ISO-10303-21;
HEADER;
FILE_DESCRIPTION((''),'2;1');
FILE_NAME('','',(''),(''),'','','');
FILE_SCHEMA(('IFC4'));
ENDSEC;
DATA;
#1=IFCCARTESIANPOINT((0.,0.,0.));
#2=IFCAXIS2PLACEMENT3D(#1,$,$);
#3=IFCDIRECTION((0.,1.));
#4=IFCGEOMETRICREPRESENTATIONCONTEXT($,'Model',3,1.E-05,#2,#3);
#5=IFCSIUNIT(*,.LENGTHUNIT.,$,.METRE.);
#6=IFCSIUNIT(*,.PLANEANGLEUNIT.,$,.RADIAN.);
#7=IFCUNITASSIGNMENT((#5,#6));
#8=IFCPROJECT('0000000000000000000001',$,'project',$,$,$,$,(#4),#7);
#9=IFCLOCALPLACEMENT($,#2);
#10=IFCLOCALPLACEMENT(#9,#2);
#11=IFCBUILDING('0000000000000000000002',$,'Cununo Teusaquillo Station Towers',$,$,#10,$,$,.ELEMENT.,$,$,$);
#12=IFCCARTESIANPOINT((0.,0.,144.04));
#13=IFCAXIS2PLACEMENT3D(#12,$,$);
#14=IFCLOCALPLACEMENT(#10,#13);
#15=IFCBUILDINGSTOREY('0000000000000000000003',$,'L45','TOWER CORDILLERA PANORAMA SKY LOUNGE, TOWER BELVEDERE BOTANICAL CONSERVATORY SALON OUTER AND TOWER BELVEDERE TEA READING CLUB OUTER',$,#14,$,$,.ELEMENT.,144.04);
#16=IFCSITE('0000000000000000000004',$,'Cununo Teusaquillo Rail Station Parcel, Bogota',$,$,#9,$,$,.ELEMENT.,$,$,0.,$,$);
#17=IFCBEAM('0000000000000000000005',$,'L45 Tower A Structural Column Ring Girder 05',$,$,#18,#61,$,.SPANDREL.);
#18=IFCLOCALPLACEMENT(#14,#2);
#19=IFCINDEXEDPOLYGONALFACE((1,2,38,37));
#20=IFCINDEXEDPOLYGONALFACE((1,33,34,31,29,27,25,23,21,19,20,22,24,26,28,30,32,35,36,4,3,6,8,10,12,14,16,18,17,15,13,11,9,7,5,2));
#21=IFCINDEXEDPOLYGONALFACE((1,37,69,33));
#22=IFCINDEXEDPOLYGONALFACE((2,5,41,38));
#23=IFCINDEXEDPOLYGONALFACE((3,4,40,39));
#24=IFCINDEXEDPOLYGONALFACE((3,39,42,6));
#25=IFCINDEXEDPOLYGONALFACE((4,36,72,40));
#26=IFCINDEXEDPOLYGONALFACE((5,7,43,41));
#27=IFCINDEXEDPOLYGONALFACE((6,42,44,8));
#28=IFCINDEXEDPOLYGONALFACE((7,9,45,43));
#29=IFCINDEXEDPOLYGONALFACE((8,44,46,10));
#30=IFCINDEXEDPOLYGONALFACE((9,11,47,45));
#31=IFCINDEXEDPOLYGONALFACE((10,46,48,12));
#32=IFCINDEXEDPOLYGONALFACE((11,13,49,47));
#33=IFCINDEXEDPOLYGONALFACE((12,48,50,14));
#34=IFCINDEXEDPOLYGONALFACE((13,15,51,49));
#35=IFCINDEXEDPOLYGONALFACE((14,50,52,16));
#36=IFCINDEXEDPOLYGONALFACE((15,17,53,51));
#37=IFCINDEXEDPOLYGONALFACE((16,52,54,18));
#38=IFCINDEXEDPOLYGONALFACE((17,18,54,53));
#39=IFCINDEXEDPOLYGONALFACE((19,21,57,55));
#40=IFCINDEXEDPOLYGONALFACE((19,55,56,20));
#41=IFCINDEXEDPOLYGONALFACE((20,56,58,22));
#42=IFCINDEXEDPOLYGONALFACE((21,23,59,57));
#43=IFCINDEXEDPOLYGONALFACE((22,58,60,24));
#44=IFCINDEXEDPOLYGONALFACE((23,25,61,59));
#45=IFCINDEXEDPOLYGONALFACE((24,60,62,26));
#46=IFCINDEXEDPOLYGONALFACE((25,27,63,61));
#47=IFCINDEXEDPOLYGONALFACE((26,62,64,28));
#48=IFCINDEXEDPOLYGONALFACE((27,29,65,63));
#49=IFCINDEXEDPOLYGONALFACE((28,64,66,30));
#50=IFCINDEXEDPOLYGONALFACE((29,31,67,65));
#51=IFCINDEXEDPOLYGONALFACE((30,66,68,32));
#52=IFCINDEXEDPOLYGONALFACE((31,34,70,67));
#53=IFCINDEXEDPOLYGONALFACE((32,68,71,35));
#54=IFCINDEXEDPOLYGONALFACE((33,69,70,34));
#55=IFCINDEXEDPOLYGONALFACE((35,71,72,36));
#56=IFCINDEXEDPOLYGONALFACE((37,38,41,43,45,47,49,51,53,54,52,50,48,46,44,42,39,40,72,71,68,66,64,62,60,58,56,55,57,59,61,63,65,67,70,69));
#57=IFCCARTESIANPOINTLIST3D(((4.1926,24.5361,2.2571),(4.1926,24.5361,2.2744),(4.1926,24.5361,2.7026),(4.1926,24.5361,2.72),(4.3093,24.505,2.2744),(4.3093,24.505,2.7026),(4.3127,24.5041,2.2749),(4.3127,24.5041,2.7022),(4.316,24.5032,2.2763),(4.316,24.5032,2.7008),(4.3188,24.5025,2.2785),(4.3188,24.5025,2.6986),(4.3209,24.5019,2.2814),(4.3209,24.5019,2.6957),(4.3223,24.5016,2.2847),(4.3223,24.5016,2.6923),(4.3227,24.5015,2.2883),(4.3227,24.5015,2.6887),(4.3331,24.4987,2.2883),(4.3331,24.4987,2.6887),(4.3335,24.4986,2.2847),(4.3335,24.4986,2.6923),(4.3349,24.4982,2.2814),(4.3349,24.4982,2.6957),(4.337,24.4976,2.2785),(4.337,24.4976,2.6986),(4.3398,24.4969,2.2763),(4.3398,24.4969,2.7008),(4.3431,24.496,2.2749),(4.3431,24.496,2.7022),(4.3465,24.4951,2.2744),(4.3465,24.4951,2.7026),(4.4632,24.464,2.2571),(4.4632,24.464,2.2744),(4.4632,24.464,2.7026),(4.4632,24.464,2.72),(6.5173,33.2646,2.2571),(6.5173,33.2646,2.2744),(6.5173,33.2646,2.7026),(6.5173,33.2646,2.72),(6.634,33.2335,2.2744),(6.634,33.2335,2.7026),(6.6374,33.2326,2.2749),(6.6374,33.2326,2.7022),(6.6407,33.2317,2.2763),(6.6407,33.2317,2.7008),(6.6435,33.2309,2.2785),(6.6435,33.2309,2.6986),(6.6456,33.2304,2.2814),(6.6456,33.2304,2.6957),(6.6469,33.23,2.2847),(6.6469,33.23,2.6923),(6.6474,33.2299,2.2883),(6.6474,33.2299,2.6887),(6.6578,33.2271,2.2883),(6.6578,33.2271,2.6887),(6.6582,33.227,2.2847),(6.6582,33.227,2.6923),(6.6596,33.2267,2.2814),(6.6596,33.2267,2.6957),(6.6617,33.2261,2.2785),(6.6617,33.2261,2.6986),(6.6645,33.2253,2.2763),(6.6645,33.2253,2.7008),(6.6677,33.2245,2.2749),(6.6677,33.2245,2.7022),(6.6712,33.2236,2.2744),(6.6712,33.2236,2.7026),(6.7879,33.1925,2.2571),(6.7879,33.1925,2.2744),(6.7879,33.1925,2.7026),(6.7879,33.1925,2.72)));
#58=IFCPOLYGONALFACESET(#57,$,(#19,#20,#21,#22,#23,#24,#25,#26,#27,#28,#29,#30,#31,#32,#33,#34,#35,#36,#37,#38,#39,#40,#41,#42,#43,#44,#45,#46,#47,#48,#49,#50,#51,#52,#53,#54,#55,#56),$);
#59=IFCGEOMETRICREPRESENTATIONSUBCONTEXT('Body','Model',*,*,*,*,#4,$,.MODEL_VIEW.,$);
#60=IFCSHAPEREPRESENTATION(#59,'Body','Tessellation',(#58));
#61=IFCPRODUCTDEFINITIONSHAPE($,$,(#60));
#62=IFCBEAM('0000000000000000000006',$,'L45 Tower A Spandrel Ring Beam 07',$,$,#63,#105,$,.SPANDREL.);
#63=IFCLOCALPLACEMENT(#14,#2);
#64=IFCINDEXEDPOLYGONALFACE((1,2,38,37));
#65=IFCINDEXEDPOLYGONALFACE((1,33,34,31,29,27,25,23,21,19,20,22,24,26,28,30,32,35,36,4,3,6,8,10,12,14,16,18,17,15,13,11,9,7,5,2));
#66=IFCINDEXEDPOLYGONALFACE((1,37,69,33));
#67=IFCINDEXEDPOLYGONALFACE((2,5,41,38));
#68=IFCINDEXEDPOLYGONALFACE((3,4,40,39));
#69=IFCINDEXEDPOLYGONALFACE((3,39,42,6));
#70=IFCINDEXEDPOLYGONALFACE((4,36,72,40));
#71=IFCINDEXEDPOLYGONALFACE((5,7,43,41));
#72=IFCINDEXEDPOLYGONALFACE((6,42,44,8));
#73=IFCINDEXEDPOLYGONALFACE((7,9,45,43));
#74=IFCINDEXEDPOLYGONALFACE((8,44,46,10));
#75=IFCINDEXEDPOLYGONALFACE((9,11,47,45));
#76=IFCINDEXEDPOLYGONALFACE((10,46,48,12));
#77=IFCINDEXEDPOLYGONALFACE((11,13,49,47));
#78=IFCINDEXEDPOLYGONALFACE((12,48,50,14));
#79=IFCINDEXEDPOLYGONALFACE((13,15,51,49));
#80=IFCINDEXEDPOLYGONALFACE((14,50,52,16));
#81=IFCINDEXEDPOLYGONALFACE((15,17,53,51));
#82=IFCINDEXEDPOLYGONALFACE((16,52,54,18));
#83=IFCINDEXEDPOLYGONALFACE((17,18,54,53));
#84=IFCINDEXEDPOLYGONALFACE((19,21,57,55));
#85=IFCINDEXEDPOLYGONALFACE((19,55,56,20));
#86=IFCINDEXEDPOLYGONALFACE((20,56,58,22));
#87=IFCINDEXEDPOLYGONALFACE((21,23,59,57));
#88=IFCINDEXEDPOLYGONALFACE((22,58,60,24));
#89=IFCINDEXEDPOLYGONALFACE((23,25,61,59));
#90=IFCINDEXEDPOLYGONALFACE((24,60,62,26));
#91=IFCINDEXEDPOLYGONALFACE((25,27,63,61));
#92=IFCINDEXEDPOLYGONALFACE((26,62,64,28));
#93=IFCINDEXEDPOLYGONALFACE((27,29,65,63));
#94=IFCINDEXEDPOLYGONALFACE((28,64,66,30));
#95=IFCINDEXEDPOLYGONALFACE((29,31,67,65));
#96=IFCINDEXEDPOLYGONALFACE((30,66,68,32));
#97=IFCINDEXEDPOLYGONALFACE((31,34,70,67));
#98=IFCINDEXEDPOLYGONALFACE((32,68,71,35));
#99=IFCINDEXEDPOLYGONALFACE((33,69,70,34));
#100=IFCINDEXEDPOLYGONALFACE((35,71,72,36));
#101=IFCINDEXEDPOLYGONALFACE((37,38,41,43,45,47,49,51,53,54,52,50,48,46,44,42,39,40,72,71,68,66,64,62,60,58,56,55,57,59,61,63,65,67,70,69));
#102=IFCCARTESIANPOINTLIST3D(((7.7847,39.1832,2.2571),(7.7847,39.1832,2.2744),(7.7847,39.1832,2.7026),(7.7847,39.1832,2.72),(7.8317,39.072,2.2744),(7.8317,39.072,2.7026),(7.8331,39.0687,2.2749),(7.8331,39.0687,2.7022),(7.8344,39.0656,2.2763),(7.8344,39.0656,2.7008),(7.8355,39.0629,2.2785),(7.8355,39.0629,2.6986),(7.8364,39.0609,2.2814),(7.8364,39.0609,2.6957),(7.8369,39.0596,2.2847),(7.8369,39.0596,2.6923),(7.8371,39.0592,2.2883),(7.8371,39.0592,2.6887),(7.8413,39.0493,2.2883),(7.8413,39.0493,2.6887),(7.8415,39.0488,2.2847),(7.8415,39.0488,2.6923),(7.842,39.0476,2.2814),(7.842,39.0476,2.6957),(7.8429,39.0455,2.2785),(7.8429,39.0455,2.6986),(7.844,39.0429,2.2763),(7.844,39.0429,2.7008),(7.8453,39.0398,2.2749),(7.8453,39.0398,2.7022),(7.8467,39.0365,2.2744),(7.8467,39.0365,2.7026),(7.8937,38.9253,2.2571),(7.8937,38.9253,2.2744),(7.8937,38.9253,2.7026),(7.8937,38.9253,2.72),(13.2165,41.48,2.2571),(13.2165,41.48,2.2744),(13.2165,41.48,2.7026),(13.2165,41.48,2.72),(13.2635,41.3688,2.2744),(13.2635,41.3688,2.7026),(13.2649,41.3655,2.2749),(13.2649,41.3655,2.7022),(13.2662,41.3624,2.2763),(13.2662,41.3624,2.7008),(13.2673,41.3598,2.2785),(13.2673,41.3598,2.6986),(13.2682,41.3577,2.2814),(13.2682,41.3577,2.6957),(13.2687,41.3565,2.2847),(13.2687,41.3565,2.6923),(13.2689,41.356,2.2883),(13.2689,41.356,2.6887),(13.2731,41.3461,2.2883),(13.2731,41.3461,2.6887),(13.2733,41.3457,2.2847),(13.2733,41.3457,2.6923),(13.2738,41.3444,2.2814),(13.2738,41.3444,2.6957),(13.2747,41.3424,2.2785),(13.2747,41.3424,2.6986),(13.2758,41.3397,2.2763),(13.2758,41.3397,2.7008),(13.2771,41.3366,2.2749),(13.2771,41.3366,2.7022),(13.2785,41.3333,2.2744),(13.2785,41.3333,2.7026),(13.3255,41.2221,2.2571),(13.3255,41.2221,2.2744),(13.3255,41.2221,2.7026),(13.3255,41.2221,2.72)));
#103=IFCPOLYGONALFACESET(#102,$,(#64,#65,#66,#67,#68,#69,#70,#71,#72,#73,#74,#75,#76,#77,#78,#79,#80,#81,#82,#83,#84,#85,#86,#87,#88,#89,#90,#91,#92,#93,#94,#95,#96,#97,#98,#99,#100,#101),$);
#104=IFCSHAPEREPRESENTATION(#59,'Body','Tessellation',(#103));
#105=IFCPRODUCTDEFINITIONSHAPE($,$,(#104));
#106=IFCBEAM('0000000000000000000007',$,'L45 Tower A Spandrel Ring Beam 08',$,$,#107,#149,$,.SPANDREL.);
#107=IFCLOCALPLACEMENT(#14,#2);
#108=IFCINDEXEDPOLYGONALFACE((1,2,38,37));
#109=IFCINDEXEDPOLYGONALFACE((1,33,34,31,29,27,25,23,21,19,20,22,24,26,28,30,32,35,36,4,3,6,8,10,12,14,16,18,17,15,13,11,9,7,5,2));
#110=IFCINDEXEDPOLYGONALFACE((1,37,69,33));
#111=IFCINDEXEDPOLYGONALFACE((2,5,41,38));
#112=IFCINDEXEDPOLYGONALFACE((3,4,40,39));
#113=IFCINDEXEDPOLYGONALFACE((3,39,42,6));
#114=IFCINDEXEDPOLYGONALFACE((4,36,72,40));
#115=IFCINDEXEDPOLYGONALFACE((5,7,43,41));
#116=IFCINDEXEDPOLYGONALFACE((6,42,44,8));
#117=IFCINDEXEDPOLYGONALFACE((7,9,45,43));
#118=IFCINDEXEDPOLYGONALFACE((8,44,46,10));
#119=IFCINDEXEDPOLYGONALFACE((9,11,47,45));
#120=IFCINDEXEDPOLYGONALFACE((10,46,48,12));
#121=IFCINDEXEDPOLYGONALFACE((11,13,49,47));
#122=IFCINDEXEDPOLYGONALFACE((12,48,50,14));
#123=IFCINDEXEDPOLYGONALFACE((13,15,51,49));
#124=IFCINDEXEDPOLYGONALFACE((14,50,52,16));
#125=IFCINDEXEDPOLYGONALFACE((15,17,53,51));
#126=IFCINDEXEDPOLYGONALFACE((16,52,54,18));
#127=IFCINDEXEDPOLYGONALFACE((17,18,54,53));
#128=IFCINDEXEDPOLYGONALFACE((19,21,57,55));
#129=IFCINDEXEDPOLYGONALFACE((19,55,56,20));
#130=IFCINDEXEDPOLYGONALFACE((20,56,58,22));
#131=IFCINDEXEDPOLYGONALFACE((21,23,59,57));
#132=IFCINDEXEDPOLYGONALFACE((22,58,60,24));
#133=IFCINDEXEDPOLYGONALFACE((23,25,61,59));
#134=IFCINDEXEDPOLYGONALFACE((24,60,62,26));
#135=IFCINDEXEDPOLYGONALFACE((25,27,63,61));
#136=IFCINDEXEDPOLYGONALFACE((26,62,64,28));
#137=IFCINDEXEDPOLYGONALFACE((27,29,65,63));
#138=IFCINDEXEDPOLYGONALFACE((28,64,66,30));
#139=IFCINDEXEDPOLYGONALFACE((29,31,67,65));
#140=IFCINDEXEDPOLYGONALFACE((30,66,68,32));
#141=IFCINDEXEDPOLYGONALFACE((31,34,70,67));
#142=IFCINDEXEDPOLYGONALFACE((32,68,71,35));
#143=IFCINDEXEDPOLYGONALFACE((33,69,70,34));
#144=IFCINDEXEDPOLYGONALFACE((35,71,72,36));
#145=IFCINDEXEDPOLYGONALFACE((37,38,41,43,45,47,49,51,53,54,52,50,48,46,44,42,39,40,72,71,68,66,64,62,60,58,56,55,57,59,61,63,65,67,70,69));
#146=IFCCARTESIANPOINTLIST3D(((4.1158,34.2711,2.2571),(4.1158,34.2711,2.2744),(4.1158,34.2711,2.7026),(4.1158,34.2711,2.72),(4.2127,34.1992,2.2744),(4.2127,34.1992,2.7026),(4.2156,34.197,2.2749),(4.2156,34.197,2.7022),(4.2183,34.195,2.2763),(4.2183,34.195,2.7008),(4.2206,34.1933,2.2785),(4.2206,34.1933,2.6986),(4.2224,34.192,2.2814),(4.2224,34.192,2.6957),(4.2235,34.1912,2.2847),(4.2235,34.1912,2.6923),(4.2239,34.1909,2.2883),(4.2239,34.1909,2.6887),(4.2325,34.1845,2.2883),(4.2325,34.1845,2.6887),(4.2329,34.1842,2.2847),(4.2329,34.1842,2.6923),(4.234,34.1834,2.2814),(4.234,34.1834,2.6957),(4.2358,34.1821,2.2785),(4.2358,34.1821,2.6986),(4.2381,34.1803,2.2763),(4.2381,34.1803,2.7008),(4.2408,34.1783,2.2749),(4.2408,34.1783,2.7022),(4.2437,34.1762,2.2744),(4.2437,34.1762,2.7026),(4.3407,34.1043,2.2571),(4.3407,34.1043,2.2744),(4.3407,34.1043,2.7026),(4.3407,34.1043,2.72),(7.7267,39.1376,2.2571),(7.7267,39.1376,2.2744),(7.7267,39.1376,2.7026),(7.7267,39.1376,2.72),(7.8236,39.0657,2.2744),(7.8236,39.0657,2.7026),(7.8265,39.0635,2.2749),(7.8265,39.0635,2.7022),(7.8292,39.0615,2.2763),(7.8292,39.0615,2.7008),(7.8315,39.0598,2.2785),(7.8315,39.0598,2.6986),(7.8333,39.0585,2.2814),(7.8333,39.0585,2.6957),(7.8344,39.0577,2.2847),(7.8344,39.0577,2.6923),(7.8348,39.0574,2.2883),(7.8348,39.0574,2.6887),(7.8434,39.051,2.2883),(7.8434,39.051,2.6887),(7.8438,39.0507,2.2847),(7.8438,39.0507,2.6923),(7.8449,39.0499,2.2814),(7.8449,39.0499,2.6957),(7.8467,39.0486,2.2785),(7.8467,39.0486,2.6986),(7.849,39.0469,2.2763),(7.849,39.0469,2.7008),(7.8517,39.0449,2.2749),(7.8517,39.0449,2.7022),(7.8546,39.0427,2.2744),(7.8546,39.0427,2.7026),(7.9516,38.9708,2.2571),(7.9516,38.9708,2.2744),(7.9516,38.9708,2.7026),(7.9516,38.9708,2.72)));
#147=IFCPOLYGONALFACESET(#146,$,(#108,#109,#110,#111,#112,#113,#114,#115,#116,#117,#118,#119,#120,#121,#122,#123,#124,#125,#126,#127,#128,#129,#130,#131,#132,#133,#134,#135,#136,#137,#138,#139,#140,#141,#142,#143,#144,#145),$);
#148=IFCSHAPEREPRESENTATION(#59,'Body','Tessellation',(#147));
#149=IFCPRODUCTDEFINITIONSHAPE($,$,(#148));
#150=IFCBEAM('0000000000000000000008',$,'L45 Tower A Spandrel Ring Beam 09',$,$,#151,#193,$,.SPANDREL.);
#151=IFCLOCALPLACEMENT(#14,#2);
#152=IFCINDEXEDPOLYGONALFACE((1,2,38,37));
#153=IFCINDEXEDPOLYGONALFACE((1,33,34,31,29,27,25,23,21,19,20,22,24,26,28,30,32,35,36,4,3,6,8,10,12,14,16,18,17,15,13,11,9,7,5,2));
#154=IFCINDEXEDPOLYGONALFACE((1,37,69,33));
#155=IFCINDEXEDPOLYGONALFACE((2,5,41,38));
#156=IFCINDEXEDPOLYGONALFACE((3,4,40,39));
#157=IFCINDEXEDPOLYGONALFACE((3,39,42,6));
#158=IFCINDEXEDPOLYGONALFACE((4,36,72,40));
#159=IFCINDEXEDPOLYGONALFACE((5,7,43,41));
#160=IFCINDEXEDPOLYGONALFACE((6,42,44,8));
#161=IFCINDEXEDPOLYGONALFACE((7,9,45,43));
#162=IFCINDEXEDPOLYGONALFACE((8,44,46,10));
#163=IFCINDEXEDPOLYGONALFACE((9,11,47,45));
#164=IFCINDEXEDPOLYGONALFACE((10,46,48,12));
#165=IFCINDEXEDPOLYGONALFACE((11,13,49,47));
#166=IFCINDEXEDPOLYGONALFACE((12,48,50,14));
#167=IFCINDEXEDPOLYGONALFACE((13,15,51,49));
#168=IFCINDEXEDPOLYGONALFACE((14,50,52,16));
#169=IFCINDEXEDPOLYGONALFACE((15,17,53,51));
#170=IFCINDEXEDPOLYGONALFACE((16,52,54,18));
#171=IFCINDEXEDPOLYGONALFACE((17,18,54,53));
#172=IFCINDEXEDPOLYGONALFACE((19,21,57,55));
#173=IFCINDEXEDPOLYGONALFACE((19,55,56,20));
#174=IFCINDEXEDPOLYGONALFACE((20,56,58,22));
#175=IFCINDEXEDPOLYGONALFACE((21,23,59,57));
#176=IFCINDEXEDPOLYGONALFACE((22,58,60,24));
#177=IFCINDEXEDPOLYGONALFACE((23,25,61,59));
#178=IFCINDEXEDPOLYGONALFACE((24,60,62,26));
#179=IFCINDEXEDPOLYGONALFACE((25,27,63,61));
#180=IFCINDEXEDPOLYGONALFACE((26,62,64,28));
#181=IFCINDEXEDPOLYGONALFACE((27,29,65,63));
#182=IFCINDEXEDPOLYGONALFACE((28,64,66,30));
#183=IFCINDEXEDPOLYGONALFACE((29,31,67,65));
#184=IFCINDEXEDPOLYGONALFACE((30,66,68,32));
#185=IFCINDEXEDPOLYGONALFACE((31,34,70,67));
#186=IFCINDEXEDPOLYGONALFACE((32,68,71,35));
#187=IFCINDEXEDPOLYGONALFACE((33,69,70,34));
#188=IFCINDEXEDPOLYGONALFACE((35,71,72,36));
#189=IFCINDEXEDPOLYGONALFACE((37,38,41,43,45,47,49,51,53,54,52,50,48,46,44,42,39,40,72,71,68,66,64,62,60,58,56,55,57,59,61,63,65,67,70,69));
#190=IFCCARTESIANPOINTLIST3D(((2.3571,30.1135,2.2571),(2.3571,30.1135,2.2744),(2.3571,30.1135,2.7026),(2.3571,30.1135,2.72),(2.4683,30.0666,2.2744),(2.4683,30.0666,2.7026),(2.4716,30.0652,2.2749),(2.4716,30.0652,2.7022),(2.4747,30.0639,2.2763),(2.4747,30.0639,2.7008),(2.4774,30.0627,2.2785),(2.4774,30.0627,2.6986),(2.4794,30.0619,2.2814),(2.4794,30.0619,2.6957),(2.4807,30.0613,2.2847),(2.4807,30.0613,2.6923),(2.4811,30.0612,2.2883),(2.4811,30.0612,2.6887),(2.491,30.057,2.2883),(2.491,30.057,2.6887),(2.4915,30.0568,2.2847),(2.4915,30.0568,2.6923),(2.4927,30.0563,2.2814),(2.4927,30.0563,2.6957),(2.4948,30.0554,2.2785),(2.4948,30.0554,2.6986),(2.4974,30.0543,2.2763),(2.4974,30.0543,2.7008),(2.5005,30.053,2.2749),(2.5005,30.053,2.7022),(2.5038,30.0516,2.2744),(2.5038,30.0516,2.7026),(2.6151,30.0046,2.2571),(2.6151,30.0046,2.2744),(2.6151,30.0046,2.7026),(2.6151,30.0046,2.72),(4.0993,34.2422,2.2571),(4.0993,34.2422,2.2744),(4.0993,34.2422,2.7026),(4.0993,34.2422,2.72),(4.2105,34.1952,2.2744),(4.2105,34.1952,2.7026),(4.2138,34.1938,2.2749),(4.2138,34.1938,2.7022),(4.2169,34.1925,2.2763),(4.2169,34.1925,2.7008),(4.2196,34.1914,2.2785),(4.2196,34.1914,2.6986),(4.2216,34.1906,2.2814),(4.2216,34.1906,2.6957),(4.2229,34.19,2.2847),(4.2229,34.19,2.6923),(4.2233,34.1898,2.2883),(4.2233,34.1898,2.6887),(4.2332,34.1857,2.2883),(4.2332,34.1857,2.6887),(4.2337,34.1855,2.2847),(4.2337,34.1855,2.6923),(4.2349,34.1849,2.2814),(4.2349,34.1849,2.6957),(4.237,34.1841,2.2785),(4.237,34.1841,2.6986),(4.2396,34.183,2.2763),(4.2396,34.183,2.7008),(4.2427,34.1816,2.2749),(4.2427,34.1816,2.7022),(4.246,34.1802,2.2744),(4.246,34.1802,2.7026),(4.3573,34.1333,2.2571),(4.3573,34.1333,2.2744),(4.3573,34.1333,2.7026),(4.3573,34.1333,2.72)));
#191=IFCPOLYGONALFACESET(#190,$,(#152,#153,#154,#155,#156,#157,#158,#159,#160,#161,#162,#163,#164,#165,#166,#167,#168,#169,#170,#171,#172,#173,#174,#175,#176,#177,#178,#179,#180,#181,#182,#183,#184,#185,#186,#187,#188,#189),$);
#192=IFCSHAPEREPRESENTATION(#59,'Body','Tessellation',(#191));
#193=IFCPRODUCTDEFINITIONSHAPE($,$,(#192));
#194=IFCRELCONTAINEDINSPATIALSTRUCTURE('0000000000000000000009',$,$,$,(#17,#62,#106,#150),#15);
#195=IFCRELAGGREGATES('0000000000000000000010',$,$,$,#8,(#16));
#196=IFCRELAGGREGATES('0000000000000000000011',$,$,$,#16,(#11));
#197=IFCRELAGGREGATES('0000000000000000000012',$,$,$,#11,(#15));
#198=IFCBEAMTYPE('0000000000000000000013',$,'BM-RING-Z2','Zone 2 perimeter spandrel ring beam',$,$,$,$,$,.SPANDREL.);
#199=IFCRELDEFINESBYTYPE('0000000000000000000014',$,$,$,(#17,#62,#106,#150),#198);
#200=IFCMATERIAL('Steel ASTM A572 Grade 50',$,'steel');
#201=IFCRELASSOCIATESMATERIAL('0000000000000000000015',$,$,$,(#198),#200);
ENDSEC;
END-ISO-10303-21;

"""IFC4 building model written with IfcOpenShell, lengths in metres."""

from ifc_helpers import new_model, si_unit, direction, frame, origin, origin_2d, place, context, subcontext, project, spatial, i_section, extrude, material, material_profile, profile_set, type_object, element, save


model = new_model("IFC4")

# Units and contexts
model_context = context("Model", 3, precision=1e-05, world=origin(), true_north=direction((0.0, 1.0)))
body_context = subcontext(model_context, "Body", "Model", "MODEL_VIEW")
ifc_project = project(units=[si_unit("LENGTHUNIT", "METRE"), si_unit("PLANEANGLEUNIT", "RADIAN")], contexts=[model_context])

# Site, building, storey
site_placement = place(None, origin())
site = spatial("IfcSite", under=ifc_project, at=site_placement, Name="Cununo Teusaquillo Rail Station Parcel, Bogota", CompositionType="ELEMENT", RefElevation=0.0)
building_placement = place(site_placement, origin())
building = spatial("IfcBuilding", under=site, at=building_placement, Name="Cununo Teusaquillo Station Towers", CompositionType="ELEMENT")
storey_placement = place(building_placement, frame((0.0, 0.0, 144.04)))
storey = spatial("IfcBuildingStorey", under=building, at=storey_placement, Name="L45", Description="TOWER CORDILLERA PANORAMA SKY LOUNGE, TOWER BELVEDERE BOTANICAL CONSERVATORY SALON OUTER AND TOWER BELVEDERE TEA READING CLUB OUTER", CompositionType="ELEMENT", Elevation=144.04)

# Beams
ifc_material_1 = material(Name="Steel ASTM A572 Grade 50", Category="steel")
ifc_material_profile_1 = material_profile(ifc_material_1, i_section(OverallWidth=0.28, OverallDepth=0.4629, WebThickness=0.0107, FlangeThickness=0.0173, FilletRadius=0.0139, at=origin_2d()), Name="W18X76")
ifc_profile_set_1 = profile_set([ifc_material_profile_1], Name="Steel ASTM A572 Grade 50")
beam_type_1 = type_object("IfcBeamType", Name="BM-RING-Z2", Description="Zone 2 perimeter spandrel ring beam", PredefinedType="SPANDREL", material=ifc_profile_set_1)
beam_1_placement = place(storey_placement, frame((6.6526, 33.2285, 2.4885), z_axis=(-0.257363, -0.966315, 0.0), x_axis=(0.966315, -0.257363, 0.0)))
element("IfcBeam", 1, at=beam_1_placement, inside=storey, type_object=beam_type_1, Name="L45 Tower A Structural Column Ring Girder 05", PredefinedType="SPANDREL", context=body_context, shape_type="SweptSolid", body=[
    extrude(i_section(OverallWidth=0.28, OverallDepth=0.4629, WebThickness=0.0107, FlangeThickness=0.0173, FilletRadius=0.0139, at=origin_2d()), origin(), (0.0, 0.0, 1.0), 9.0327),
])
beam_2_placement = place(storey_placement, frame((13.271, 41.3511, 2.4885), z_axis=(-0.921042, -0.389463, 0.0), x_axis=(0.389463, -0.921042, 0.0)))
element("IfcBeam", 2, at=beam_2_placement, inside=storey, type_object=beam_type_1, Name="L45 Tower A Spandrel Ring Beam 07", PredefinedType="SPANDREL", context=body_context, shape_type="SweptSolid", body=[
    extrude(i_section(OverallWidth=0.28, OverallDepth=0.4629, WebThickness=0.0107, FlangeThickness=0.0173, FilletRadius=0.0139, at=origin_2d()), origin(), (0.0, 0.0, 1.0), 5.8975),
])
beam_3_placement = place(storey_placement, frame((7.8391, 39.0542, 2.4885), z_axis=(-0.595873, -0.803079, 0.0), x_axis=(0.803079, -0.595873, 0.0)))
element("IfcBeam", 3, at=beam_3_placement, inside=storey, type_object=beam_type_1, Name="L45 Tower A Spandrel Ring Beam 08", PredefinedType="SPANDREL", context=body_context, shape_type="SweptSolid", body=[
    extrude(i_section(OverallWidth=0.28, OverallDepth=0.4629, WebThickness=0.0107, FlangeThickness=0.0173, FilletRadius=0.0139, at=origin_2d()), origin(), (0.0, 0.0, 1.0), 6.0598),
])
beam_4_placement = place(storey_placement, frame((4.2283, 34.1877, 2.4885), z_axis=(-0.388778, -0.921332, 0.0), x_axis=(0.921332, -0.388778, 0.0)))
element("IfcBeam", 4, at=beam_4_placement, inside=storey, type_object=beam_type_1, Name="L45 Tower A Spandrel Ring Beam 09", PredefinedType="SPANDREL", context=body_context, shape_type="SweptSolid", body=[
    extrude(i_section(OverallWidth=0.28, OverallDepth=0.4629, WebThickness=0.0107, FlangeThickness=0.0173, FilletRadius=0.0139, at=origin_2d()), origin(), (0.0, 0.0, 1.0), 4.4812),
])

save(model, "model.ifc")
